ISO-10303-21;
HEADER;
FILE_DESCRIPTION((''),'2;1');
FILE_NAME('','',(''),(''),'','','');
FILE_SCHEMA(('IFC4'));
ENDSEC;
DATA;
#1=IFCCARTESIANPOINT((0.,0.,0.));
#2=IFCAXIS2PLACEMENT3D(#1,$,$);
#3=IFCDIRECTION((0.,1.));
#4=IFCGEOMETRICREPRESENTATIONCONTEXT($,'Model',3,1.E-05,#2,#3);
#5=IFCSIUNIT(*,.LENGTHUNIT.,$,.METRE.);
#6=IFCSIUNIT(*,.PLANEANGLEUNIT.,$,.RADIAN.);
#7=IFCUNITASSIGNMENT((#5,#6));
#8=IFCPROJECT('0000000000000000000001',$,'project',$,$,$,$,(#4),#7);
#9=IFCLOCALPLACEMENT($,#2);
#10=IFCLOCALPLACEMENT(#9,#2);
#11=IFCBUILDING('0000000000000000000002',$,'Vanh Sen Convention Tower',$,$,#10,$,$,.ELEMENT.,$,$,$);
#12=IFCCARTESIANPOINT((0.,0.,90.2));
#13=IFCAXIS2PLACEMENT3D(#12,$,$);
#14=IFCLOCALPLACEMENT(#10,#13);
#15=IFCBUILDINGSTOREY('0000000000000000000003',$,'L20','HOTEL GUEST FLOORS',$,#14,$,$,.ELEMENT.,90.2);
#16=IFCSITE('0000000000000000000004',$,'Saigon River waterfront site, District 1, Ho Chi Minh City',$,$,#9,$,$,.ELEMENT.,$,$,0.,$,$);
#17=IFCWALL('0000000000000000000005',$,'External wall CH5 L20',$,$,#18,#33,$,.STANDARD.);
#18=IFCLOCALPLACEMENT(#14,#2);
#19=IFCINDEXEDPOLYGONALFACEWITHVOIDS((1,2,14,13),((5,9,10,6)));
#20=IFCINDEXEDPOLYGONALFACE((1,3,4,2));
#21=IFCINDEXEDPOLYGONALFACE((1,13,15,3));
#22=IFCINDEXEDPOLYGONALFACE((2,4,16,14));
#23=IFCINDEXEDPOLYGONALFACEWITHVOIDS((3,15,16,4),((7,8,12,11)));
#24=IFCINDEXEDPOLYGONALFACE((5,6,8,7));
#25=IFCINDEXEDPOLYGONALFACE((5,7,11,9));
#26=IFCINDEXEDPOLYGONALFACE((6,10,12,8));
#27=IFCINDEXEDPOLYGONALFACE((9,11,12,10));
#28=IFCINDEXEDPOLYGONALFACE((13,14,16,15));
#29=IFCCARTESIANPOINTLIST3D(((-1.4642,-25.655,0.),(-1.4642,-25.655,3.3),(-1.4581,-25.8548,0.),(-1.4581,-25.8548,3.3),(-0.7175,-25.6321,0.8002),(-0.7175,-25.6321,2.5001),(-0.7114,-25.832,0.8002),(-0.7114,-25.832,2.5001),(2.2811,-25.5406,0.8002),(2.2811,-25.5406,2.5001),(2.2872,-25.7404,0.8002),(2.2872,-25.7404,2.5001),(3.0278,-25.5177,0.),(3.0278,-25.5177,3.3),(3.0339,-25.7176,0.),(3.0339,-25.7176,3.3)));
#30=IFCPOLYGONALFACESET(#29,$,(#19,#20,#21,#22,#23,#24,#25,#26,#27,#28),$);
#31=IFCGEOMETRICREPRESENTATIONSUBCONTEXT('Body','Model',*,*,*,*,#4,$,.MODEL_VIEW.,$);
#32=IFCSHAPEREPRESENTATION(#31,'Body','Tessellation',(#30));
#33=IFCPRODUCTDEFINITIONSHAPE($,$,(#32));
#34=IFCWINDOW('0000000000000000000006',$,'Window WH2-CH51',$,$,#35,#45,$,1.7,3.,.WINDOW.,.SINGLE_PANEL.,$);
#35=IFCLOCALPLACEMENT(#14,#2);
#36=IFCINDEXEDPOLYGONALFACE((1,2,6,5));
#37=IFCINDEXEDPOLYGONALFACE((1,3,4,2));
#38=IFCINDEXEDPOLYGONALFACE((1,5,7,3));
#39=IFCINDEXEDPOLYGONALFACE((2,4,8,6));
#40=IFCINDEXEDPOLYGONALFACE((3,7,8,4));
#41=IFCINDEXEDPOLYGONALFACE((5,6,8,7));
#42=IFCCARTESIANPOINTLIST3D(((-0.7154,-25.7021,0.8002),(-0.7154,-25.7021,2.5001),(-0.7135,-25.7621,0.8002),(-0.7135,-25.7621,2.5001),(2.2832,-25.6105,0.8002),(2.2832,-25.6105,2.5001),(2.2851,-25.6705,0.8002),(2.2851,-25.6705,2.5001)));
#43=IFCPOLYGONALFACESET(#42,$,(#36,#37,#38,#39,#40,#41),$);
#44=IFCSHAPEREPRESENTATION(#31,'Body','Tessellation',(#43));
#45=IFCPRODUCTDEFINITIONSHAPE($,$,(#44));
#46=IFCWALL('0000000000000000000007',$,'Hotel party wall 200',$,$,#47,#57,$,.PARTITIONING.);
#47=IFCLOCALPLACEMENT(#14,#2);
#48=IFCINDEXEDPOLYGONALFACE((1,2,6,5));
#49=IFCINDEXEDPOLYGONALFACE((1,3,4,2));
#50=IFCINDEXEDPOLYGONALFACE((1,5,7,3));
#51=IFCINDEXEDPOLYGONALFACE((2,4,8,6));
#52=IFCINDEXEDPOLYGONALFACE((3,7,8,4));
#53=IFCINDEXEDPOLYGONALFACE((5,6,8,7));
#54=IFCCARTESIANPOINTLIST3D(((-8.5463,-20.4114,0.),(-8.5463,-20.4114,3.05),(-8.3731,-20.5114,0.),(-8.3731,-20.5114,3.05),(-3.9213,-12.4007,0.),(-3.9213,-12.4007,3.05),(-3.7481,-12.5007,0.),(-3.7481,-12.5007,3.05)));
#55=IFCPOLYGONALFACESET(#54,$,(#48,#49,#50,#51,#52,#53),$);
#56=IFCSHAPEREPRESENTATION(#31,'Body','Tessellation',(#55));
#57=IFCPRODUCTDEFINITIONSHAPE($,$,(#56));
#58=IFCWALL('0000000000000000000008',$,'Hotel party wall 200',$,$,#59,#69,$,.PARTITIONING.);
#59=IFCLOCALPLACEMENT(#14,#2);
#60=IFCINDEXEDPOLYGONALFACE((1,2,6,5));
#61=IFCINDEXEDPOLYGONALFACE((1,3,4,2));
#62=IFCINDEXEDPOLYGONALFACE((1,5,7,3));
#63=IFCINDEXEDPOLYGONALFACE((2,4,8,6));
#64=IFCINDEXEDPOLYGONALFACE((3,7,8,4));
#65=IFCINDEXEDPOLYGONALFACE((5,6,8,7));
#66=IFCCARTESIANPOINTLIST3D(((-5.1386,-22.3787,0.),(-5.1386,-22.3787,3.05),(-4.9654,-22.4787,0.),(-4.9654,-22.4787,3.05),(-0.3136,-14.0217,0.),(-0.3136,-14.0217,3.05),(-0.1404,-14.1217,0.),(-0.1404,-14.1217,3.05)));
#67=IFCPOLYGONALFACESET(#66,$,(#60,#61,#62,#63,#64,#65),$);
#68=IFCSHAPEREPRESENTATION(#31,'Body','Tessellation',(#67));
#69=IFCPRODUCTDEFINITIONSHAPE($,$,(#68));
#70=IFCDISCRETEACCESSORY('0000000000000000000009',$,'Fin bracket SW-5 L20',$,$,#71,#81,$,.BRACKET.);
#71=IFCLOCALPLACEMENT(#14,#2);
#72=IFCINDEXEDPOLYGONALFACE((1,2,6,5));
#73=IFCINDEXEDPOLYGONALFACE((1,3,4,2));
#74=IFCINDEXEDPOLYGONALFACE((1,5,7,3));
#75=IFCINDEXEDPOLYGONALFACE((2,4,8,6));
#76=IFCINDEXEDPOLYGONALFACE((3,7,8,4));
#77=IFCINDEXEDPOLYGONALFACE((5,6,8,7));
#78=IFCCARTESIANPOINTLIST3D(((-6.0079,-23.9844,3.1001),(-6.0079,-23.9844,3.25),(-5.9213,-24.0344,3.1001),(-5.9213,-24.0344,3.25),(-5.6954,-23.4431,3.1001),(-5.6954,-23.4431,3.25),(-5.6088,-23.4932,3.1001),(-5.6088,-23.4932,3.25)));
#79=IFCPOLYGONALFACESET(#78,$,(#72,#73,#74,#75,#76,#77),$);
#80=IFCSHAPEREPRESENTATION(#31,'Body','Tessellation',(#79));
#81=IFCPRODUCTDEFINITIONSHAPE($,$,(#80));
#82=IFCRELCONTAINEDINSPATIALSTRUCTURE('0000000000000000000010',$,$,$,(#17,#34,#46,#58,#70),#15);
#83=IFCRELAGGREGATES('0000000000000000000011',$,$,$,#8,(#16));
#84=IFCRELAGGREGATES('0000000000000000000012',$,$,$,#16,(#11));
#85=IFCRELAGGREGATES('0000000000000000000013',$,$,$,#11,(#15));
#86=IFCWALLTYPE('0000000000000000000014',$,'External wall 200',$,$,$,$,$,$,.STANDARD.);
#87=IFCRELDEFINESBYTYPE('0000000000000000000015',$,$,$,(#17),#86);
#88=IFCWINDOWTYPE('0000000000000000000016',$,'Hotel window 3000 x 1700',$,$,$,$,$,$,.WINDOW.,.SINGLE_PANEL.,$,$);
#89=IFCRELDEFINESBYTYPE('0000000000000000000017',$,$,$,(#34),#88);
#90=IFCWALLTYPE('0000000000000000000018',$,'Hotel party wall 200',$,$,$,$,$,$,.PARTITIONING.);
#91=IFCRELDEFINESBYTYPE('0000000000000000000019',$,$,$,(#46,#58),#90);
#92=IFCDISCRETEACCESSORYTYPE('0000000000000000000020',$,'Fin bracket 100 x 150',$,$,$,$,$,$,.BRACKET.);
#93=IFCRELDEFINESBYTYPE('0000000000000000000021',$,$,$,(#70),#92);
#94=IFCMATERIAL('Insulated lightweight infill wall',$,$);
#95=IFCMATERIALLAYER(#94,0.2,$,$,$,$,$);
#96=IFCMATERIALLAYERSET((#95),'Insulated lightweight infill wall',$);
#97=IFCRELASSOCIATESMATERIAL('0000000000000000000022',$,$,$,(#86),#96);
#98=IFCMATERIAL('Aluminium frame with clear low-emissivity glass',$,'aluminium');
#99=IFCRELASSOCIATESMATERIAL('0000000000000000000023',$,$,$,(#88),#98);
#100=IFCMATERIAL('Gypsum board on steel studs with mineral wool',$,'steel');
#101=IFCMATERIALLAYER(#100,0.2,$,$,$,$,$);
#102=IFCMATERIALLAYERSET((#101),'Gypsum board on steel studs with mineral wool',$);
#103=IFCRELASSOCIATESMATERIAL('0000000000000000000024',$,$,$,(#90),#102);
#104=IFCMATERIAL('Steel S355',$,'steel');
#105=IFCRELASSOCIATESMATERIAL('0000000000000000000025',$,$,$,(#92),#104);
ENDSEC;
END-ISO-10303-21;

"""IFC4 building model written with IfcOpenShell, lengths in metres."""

from ifc_helpers import new_model, si_unit, direction, frame, frame_2d, origin, origin_2d, place, context, subcontext, project, spatial, rectangle, extrude, material, layer, layer_set, type_object, element, fill, save


model = new_model("IFC4")

# Units and contexts
model_context = context("Model", 3, precision=1e-05, world=origin(), true_north=direction((0.0, 1.0)))
body_context = subcontext(model_context, "Body", "Model", "MODEL_VIEW")
ifc_project = project(units=[si_unit("LENGTHUNIT", "METRE"), si_unit("PLANEANGLEUNIT", "RADIAN")], contexts=[model_context])

# Site, building, storey
site_placement = place(None, origin())
site = spatial("IfcSite", under=ifc_project, at=site_placement, Name="Saigon River waterfront site, District 1, Ho Chi Minh City", CompositionType="ELEMENT", RefElevation=0.0)
building_placement = place(site_placement, origin())
building = spatial("IfcBuilding", under=site, at=building_placement, Name="Vanh Sen Convention Tower", CompositionType="ELEMENT")
storey_placement = place(building_placement, frame((0.0, 0.0, 90.2)))
storey = spatial("IfcBuildingStorey", under=building, at=storey_placement, Name="L20", Description="HOTEL GUEST FLOORS", CompositionType="ELEMENT", Elevation=90.2)

# Shared definitions
ifc_material_1 = material(Name="Gypsum board on steel studs with mineral wool", Category="steel")

# Wall, opening, window
ifc_material_2 = material(Name="Insulated lightweight infill wall")
ifc_layer_1 = layer(ifc_material_2, 0.2)
ifc_layer_set_1 = layer_set([ifc_layer_1], Name="Insulated lightweight infill wall")
wall_type_1 = type_object("IfcWallType", Name="External wall 200", PredefinedType="STANDARD", material=ifc_layer_set_1)
wall_1_placement = place(storey_placement, frame((-1.4612, -25.7549, 0.0), z_axis=(0.0, 0.0, 1.0), x_axis=(0.999534, 0.030531, 0.0)))
wall_1 = element("IfcWall", 1, at=wall_1_placement, inside=storey, type_object=wall_type_1, Name="External wall CH5 L20", PredefinedType="STANDARD", context=body_context, shape_type="SweptSolid", body=[
    extrude(rectangle(XDim=4.4941, YDim=0.2, at=frame_2d((2.2471, 0.0))), origin(), (0.0, 0.0, 1.0), 3.3),
])
opening_1_placement = place(wall_1_placement, frame((0.7471, 0.0, 0.8)))
opening_1 = element("IfcOpeningElement", 2, at=opening_1_placement, cuts=wall_1, PredefinedType="OPENING", context=body_context, shape_type="SweptSolid", body=[
    extrude(rectangle(XDim=3.0, YDim=1.7, at=frame_2d((1.5, 0.8501))), frame((0.0, 0.1099, 0.0), z_axis=(0.0, -1.0, 0.0), x_axis=(1.0, 0.0, 0.0)), (0.0, 0.0, 1.0), 0.22),
])
ifc_material_3 = material(Name="Aluminium frame with clear low-emissivity glass", Category="aluminium")
window_type = type_object("IfcWindowType", Name="Hotel window 3000 x 1700", PartitioningType="SINGLE_PANEL", PredefinedType="WINDOW", material=ifc_material_3)
window_placement = place(opening_1_placement, origin())
window = element("IfcWindow", 3, at=window_placement, inside=storey, type_object=window_type, Name="Window WH2-CH51", OverallHeight=1.7, OverallWidth=3.0, PartitioningType="SINGLE_PANEL", PredefinedType="WINDOW", context=body_context, shape_type="SweptSolid", body=[
    extrude(rectangle(XDim=3.0, YDim=1.7, at=frame_2d((1.5, 0.8501))), frame((0.0, 0.03, 0.0), z_axis=(0.0, -1.0, 0.0), x_axis=(1.0, 0.0, 0.0)), (0.0, 0.0, 1.0), 0.0601),
])
fill(opening_1, window)

# Walls
ifc_layer_2 = layer(ifc_material_1, 0.2)
ifc_layer_set_2 = layer_set([ifc_layer_2], Name="Gypsum board on steel studs with mineral wool")
wall_type_2 = type_object("IfcWallType", Name="Hotel party wall 200", PredefinedType="PARTITIONING", material=ifc_layer_set_2)
wall_2_placement = place(storey_placement, frame((-8.4597, -20.4614, 0.0), z_axis=(0.0, 0.0, 1.0), x_axis=(0.5, 0.866026, 0.0)))
element("IfcWall", 4, at=wall_2_placement, inside=storey, type_object=wall_type_2, Name="Hotel party wall 200", PredefinedType="PARTITIONING", context=body_context, shape_type="SweptSolid", body=[
    extrude(rectangle(XDim=9.25, YDim=0.2, at=frame_2d((4.625, 0.0))), origin(), (0.0, 0.0, 1.0), 3.05),
])
wall_3_placement = place(storey_placement, frame((-5.052, -22.4287, 0.0), z_axis=(0.0, 0.0, 1.0), x_axis=(0.500006, 0.866022, 0.0)))
element("IfcWall", 5, at=wall_3_placement, inside=storey, type_object=wall_type_2, Name="Hotel party wall 200", PredefinedType="PARTITIONING", context=body_context, shape_type="SweptSolid", body=[
    extrude(rectangle(XDim=9.6499, YDim=0.2, at=frame_2d((4.825, 0.0))), origin(), (0.0, 0.0, 1.0), 3.05),
])

# Discrete accessory
ifc_material_4 = material(Name="Steel S355", Category="steel")
discrete_accessory_type = type_object("IfcDiscreteAccessoryType", Name="Fin bracket 100 x 150", PredefinedType="BRACKET", material=ifc_material_4)
discrete_accessory_placement = place(storey_placement, frame((-5.8083, -23.7388, 3.1001), z_axis=(0.0, 0.0, 1.0), x_axis=(-0.5, -0.866025, 0.0)))
element("IfcDiscreteAccessory", 6, at=discrete_accessory_placement, inside=storey, type_object=discrete_accessory_type, Name="Fin bracket SW-5 L20", PredefinedType="BRACKET", context=body_context, shape_type="SweptSolid", body=[
    extrude(rectangle(XDim=0.625, YDim=0.1001, at=origin_2d()), origin(), (0.0, 0.0, 1.0), 0.1499),
])

save(model, "model.ifc")
